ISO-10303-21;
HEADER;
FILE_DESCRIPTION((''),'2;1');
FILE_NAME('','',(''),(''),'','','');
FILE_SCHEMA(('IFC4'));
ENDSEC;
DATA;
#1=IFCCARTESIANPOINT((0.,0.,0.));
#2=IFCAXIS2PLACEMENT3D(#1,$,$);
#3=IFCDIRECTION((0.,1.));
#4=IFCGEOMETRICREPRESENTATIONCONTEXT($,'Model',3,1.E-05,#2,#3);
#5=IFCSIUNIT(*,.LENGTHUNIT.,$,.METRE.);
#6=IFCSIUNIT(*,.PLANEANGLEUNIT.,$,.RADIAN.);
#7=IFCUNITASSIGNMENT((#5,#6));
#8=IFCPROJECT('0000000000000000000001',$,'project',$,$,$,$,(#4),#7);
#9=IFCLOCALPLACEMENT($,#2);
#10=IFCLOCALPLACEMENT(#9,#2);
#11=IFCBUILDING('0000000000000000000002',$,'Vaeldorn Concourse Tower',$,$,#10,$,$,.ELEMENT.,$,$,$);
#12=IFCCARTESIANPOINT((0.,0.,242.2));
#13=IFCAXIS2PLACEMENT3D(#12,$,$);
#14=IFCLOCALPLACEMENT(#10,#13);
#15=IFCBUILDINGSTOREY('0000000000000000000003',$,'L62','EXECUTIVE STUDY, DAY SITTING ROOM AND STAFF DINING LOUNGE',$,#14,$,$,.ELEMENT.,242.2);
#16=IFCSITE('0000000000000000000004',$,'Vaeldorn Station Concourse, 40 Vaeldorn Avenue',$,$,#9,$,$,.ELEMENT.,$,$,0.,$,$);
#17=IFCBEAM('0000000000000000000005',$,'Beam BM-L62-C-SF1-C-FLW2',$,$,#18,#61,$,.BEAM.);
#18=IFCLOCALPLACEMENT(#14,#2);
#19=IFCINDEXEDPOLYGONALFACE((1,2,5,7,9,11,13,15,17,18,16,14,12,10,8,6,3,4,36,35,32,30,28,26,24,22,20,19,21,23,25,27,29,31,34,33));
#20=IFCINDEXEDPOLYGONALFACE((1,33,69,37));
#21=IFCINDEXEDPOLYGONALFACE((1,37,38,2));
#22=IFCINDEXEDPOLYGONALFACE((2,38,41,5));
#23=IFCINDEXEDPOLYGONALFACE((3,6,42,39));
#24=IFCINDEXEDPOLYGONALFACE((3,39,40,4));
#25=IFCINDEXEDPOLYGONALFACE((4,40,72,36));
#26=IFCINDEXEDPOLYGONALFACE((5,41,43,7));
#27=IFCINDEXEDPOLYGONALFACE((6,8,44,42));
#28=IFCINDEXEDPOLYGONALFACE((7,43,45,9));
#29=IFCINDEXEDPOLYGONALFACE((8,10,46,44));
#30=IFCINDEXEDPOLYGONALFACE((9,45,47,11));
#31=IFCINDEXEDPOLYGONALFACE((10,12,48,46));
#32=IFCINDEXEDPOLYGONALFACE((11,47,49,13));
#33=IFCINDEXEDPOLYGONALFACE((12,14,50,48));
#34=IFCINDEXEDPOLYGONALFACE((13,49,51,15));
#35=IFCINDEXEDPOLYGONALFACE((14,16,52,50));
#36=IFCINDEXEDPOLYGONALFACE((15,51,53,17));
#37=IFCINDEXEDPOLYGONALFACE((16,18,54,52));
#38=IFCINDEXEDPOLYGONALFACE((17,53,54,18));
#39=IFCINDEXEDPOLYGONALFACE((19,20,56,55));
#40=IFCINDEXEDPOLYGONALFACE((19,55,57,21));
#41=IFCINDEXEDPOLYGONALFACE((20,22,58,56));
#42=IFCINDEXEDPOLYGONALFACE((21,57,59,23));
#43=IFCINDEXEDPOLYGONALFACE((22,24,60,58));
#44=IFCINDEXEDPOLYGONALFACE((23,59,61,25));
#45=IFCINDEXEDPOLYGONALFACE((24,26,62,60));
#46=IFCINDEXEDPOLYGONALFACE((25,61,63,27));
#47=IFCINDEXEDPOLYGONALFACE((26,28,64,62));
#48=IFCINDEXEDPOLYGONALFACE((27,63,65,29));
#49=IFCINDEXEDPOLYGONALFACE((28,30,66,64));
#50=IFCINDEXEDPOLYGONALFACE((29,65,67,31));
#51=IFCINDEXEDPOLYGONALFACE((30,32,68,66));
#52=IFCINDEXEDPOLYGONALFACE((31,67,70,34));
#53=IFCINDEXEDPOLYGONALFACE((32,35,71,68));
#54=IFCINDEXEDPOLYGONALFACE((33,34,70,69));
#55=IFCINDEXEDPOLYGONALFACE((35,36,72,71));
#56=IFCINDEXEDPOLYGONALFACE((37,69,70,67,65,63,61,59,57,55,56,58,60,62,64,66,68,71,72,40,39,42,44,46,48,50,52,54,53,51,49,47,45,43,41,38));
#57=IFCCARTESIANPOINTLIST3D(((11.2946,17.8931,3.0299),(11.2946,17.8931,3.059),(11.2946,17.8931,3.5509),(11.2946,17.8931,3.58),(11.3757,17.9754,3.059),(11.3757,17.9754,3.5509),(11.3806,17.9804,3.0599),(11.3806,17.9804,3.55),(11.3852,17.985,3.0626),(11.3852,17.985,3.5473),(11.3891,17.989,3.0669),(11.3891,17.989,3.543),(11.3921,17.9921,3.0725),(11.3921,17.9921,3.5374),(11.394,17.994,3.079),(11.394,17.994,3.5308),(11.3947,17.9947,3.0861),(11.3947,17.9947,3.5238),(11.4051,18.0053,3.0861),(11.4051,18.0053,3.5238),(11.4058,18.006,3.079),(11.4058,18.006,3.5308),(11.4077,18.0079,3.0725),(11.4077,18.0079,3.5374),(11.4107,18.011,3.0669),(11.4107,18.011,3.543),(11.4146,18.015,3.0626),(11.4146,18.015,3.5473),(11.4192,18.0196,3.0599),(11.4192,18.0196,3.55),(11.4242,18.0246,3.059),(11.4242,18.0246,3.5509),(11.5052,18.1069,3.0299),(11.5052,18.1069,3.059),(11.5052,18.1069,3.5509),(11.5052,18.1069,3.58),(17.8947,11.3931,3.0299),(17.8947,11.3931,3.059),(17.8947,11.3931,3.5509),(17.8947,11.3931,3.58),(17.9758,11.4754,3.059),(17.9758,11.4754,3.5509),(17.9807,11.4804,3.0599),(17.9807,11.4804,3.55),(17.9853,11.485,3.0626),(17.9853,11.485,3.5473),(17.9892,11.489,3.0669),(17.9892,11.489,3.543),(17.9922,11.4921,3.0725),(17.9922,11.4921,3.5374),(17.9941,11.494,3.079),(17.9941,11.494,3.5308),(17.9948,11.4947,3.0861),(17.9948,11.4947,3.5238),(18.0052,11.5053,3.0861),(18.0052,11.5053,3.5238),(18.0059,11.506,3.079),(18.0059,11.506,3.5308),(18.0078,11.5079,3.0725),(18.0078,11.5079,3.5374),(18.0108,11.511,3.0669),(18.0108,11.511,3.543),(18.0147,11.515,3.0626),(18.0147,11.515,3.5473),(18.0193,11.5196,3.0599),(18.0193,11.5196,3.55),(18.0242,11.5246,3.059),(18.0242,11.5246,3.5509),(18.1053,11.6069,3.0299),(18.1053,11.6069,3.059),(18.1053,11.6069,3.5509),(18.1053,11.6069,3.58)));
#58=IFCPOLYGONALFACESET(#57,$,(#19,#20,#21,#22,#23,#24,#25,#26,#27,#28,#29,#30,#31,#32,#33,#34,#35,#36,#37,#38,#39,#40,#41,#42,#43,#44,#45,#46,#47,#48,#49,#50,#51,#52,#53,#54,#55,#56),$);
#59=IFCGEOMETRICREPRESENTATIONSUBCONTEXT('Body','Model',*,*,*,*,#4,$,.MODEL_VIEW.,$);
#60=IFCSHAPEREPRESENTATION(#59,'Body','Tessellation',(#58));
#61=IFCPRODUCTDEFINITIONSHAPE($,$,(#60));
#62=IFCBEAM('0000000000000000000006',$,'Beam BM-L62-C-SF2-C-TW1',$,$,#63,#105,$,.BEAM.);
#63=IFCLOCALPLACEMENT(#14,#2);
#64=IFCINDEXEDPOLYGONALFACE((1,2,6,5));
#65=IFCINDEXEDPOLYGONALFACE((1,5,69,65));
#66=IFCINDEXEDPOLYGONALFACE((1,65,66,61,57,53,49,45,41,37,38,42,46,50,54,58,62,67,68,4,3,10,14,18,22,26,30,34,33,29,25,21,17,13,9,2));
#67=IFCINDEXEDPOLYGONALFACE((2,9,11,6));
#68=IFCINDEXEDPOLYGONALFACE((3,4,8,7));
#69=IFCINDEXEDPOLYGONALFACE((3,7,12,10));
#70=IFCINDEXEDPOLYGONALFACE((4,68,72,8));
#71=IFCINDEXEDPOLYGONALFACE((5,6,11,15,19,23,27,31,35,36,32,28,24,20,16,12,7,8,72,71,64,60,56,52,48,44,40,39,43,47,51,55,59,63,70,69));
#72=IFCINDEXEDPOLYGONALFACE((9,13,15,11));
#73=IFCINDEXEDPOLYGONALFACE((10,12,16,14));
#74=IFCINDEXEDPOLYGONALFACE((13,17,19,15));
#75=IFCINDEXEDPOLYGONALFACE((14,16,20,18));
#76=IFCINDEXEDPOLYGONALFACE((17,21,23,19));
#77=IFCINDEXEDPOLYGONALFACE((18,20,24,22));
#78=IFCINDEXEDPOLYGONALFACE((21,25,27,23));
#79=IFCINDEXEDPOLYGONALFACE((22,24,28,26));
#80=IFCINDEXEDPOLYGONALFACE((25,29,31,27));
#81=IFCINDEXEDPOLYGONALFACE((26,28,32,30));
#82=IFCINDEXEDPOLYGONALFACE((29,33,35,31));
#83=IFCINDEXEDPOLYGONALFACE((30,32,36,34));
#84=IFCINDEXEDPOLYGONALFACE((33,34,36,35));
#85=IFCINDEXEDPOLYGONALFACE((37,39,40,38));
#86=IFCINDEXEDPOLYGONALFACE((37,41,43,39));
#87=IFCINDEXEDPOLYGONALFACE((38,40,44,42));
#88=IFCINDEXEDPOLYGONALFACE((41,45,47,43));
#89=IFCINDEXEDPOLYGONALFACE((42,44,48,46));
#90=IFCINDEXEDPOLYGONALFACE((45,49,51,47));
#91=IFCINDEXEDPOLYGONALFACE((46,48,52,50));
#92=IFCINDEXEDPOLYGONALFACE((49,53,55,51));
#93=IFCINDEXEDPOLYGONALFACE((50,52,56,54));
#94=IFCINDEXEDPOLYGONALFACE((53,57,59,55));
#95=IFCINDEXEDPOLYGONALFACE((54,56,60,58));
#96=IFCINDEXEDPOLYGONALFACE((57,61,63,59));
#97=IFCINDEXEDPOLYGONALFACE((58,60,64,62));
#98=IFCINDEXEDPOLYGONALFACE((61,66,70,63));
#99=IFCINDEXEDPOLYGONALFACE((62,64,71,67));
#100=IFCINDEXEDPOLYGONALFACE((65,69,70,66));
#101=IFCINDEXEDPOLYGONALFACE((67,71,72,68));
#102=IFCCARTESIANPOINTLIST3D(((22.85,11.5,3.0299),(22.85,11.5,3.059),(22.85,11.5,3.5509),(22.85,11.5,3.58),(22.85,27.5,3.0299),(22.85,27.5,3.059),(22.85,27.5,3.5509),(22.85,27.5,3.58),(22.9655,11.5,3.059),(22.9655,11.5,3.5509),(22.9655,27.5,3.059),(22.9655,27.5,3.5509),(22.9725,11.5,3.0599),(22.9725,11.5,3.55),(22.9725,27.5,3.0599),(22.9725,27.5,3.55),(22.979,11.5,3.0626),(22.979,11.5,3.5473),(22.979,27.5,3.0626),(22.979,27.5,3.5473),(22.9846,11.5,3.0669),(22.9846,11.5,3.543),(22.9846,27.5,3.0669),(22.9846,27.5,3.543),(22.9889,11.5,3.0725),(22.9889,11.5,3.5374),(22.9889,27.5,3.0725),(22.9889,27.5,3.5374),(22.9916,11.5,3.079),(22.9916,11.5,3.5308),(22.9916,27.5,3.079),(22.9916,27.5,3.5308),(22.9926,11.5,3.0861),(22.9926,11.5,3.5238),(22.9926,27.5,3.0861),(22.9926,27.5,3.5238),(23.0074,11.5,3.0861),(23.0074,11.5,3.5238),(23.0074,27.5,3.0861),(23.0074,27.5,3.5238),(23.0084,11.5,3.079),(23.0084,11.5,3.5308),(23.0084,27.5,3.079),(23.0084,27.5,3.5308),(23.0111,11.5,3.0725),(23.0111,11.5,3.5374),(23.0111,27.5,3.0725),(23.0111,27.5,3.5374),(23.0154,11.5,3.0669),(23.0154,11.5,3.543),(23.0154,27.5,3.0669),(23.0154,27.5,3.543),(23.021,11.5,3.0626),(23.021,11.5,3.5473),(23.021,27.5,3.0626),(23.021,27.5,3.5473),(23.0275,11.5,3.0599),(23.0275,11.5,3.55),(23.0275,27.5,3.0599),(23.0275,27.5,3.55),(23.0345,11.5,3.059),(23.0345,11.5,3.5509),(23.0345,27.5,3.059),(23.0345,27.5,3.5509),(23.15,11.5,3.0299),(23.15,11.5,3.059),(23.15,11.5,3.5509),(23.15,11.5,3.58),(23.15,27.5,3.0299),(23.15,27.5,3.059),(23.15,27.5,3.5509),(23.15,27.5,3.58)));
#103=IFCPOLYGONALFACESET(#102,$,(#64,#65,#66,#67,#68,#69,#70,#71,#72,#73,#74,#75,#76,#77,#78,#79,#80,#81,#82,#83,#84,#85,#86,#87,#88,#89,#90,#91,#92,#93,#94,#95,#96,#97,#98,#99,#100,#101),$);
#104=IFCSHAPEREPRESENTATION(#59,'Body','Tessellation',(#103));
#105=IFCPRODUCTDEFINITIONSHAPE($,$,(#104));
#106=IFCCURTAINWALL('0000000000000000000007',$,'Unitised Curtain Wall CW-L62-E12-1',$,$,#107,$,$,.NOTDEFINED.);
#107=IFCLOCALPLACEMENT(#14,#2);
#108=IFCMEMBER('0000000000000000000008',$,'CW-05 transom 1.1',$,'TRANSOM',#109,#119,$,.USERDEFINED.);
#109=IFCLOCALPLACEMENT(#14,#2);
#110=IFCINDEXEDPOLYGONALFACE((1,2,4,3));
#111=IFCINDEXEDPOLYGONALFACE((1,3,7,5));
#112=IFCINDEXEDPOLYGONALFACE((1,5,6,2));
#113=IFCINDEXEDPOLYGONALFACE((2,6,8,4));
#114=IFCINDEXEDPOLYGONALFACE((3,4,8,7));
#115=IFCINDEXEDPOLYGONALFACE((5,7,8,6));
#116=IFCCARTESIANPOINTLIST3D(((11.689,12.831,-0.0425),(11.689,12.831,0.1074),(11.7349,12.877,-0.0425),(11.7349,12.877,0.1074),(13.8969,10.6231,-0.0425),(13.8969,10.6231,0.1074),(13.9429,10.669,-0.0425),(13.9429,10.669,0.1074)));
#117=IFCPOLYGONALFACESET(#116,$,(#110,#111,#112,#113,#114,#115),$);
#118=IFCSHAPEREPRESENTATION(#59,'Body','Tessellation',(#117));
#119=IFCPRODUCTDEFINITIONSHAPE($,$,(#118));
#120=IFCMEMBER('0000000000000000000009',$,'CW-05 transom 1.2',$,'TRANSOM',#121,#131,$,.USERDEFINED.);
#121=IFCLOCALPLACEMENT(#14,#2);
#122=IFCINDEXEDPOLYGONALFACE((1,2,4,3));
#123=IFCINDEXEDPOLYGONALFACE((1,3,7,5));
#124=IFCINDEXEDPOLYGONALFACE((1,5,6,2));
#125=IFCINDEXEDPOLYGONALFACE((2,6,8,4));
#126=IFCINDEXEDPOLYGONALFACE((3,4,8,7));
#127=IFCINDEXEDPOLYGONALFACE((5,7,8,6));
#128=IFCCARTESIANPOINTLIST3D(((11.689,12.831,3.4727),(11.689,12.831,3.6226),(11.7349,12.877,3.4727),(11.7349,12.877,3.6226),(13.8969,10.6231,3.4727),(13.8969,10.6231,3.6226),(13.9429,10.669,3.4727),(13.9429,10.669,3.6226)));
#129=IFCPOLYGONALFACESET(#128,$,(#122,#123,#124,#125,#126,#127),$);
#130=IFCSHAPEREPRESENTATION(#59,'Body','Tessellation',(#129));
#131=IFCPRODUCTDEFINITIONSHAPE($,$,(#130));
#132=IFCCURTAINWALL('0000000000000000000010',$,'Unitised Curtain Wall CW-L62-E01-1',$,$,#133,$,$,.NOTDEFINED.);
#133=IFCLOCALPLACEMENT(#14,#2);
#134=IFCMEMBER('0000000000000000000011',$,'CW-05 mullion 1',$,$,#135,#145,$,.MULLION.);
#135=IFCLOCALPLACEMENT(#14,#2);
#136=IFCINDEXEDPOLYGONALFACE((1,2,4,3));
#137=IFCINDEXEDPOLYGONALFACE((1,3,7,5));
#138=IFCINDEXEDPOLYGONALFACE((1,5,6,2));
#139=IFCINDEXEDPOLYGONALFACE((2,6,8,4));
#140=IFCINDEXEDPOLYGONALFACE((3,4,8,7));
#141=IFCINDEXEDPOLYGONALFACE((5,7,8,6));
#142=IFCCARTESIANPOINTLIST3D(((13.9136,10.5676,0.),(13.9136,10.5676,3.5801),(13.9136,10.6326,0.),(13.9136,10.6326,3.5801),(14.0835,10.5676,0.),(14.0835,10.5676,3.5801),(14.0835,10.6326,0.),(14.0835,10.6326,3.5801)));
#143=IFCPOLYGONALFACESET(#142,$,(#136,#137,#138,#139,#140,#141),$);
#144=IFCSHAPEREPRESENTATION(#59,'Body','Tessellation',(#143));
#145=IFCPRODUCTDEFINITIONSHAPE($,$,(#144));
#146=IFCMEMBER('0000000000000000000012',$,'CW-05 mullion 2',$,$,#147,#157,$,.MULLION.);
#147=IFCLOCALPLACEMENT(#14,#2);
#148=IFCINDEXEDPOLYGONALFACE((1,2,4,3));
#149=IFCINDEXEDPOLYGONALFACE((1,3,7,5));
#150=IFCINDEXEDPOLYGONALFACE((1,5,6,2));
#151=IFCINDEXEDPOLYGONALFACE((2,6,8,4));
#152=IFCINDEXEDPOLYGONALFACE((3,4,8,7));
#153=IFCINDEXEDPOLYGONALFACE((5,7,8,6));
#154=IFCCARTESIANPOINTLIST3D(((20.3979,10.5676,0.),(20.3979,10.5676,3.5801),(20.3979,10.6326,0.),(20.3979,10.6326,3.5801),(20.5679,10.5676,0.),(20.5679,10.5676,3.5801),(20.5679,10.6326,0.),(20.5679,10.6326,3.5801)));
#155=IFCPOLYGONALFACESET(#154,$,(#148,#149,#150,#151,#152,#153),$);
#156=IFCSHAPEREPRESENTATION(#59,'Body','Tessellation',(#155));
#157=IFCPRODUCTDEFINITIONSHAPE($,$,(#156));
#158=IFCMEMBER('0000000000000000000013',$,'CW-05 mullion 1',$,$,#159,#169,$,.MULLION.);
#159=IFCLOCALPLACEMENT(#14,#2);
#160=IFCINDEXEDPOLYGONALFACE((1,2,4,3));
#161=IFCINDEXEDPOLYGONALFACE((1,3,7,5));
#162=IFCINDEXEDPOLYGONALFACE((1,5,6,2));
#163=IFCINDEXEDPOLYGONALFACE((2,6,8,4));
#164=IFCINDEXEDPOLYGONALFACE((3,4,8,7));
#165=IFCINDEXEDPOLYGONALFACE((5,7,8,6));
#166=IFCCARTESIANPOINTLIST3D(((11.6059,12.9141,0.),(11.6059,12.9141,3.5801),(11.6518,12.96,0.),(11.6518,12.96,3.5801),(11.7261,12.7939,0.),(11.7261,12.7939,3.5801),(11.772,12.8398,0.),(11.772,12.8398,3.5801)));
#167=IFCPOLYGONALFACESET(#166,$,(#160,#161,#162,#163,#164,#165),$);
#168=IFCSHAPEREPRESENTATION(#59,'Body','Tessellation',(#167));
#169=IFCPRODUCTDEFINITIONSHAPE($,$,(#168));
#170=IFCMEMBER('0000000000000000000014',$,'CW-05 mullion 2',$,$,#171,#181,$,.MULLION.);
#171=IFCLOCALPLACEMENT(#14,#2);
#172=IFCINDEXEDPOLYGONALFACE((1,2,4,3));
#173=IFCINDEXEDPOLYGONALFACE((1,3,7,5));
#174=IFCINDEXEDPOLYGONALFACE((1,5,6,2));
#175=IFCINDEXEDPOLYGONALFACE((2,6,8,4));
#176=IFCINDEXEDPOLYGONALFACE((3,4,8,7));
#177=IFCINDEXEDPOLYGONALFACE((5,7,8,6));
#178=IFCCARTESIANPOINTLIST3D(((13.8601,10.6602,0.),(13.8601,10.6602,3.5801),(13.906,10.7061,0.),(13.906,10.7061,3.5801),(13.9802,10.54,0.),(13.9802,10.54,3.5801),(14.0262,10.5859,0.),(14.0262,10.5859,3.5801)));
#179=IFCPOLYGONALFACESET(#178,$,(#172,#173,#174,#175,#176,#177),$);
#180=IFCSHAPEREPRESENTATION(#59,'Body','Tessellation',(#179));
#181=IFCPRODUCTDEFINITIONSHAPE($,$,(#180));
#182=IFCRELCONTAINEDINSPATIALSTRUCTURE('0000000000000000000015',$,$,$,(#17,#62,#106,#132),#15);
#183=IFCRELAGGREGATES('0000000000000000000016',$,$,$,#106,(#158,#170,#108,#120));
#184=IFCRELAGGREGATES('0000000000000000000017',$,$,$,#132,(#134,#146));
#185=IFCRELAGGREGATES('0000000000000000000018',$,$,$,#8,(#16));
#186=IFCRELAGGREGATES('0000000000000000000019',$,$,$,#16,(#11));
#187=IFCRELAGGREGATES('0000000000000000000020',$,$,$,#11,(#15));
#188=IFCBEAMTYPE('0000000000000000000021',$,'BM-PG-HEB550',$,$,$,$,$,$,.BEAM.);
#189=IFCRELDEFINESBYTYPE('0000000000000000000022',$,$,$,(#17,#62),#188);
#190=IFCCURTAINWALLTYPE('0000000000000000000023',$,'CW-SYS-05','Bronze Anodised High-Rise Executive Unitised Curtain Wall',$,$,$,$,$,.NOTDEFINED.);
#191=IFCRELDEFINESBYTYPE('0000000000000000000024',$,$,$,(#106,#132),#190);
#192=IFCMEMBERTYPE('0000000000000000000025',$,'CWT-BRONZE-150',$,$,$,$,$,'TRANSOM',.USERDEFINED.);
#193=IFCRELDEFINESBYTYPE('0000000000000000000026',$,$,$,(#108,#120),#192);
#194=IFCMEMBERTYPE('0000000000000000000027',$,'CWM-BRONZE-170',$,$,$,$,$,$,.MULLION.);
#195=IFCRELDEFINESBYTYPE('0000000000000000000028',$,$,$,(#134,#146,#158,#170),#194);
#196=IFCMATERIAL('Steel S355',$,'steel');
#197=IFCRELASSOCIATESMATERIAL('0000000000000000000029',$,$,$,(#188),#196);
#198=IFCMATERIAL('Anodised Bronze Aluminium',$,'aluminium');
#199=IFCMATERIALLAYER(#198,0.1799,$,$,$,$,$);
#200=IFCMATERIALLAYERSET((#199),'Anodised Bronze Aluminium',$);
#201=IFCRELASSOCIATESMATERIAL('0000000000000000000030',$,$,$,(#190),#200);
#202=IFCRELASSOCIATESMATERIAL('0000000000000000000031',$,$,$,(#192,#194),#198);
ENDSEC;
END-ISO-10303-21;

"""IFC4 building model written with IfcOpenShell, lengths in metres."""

from ifc_helpers import new_model, si_unit, direction, frame, origin, origin_2d, place, context, subcontext, project, spatial, rectangle, i_section, extrude, source, transform, mapped, material, layer, layer_set, material_profile, profile_set, type_object, element, aggregate, save


model = new_model("IFC4")

# Units and contexts
model_context = context("Model", 3, precision=1e-05, world=origin(), true_north=direction((0.0, 1.0)))
body_context = subcontext(model_context, "Body", "Model", "MODEL_VIEW")
ifc_project = project(units=[si_unit("LENGTHUNIT", "METRE"), si_unit("PLANEANGLEUNIT", "RADIAN")], contexts=[model_context])

# Site, building, storey
site_placement = place(None, origin())
site = spatial("IfcSite", under=ifc_project, at=site_placement, Name="Vaeldorn Station Concourse, 40 Vaeldorn Avenue", CompositionType="ELEMENT", RefElevation=0.0)
building_placement = place(site_placement, origin())
building = spatial("IfcBuilding", under=site, at=building_placement, Name="Vaeldorn Concourse Tower", CompositionType="ELEMENT")
storey_placement = place(building_placement, frame((0.0, 0.0, 242.2)))
storey = spatial("IfcBuildingStorey", under=building, at=storey_placement, Name="L62", Description="EXECUTIVE STUDY, DAY SITTING ROOM AND STAFF DINING LOUNGE", CompositionType="ELEMENT", Elevation=242.2)

# Shared definitions
ifc_material_1 = material(Name="Steel S355", Category="steel")

# Beams
ifc_material_profile_1 = material_profile(ifc_material_1, i_section(OverallWidth=0.3, OverallDepth=0.55, WebThickness=0.0149, FlangeThickness=0.0291, FilletRadius=0.0271, at=origin_2d()), Name="HEB 550")
ifc_profile_set_1 = profile_set([ifc_material_profile_1], Name="Steel S355")
beam_type_1 = type_object("IfcBeamType", Name="BM-PG-HEB550", PredefinedType="BEAM", material=ifc_profile_set_1)
shared_shape_1 = source(origin(), body_context, "Body", "SweptSolid", [
    extrude(i_section(OverallWidth=0.3, OverallDepth=0.55, WebThickness=0.0149, FlangeThickness=0.0291, FilletRadius=0.0271, at=origin_2d()), origin(), (0.0, 0.0, 1.0), 9.2634),
])
beam_1_placement = place(storey_placement, frame((18.0, 11.5, 3.3049), z_axis=(-0.712489, 0.701683, 0.0), x_axis=(-0.701683, -0.712489, 0.0)))
element("IfcBeam", 1, at=beam_1_placement, inside=storey, type_object=beam_type_1, Name="Beam BM-L62-C-SF1-C-FLW2", PredefinedType="BEAM", context=body_context, shape_type="MappedRepresentation", body=[
    mapped(shared_shape_1, transform((0.0, 0.0, 0.0), scale=1.0)),
])
shared_shape_2 = source(origin(), body_context, "Body", "SweptSolid", [
    extrude(i_section(OverallWidth=0.3, OverallDepth=0.55, WebThickness=0.0149, FlangeThickness=0.0291, FilletRadius=0.0271, at=origin_2d()), origin(), (0.0, 0.0, 1.0), 16.0),
])
beam_2_placement = place(storey_placement, frame((23.0, 11.5, 3.3049), z_axis=(0.0, 1.0, 0.0), x_axis=(-1.0, 0.0, 0.0)))
element("IfcBeam", 2, at=beam_2_placement, inside=storey, type_object=beam_type_1, Name="Beam BM-L62-C-SF2-C-TW1", PredefinedType="BEAM", context=body_context, shape_type="MappedRepresentation", body=[
    mapped(shared_shape_2, transform((0.0, 0.0, 0.0), scale=1.0)),
])

# Curtain walls, members
ifc_material_2 = material(Name="Anodised Bronze Aluminium", Category="aluminium")
ifc_layer_1 = layer(ifc_material_2, 0.1799)
ifc_layer_set_1 = layer_set([ifc_layer_1], Name="Anodised Bronze Aluminium")
curtain_wall_type = type_object("IfcCurtainWallType", Name="CW-SYS-05", Description="Bronze Anodised High-Rise Executive Unitised Curtain Wall", PredefinedType="NOTDEFINED", material=ifc_layer_set_1)
curtain_wall_1_placement = place(storey_placement, origin())
curtain_wall_1 = element("IfcCurtainWall", 3, at=curtain_wall_1_placement, inside=storey, type_object=curtain_wall_type, Name="Unitised Curtain Wall CW-L62-E12-1", PredefinedType="NOTDEFINED")
ifc_material_profile_2 = material_profile(ifc_material_2, rectangle(XDim=0.0649, YDim=0.1499, at=origin_2d()), Name="CWT 65x150")
ifc_profile_set_2 = profile_set([ifc_material_profile_2], Name="Anodised Bronze Aluminium")
member_type_1 = type_object("IfcMemberType", Name="CWT-BRONZE-150", ElementType="TRANSOM", PredefinedType="USERDEFINED", material=ifc_profile_set_2)
shared_shape_3 = source(origin(), body_context, "Body", "SweptSolid", [
    extrude(rectangle(XDim=0.0649, YDim=0.1499, at=origin_2d()), origin(), (0.0, 0.0, 1.0), 3.1226),
])
member_1_placement = place(storey_placement, frame((11.7119, 12.854, 0.0325), z_axis=(0.707107, -0.707107, 0.0), x_axis=(0.707107, 0.707107, 0.0)))
member_1 = element("IfcMember", 4, at=member_1_placement, type_object=member_type_1, Name="CW-05 transom 1.1", ObjectType="TRANSOM", PredefinedType="USERDEFINED", context=body_context, shape_type="MappedRepresentation", body=[
    mapped(shared_shape_3, transform((0.0, 0.0, 0.0), scale=1.0)),
])
member_2_placement = place(storey_placement, frame((11.7119, 12.854, 3.5476), z_axis=(0.707107, -0.707107, 0.0), x_axis=(0.707107, 0.707107, 0.0)))
member_2 = element("IfcMember", 5, at=member_2_placement, type_object=member_type_1, Name="CW-05 transom 1.2", ObjectType="TRANSOM", PredefinedType="USERDEFINED", context=body_context, shape_type="MappedRepresentation", body=[
    mapped(shared_shape_3, transform((0.0, 0.0, 0.0), scale=1.0)),
])
curtain_wall_2_placement = place(storey_placement, origin())
curtain_wall_2 = element("IfcCurtainWall", 6, at=curtain_wall_2_placement, inside=storey, type_object=curtain_wall_type, Name="Unitised Curtain Wall CW-L62-E01-1", PredefinedType="NOTDEFINED")
ifc_material_profile_3 = material_profile(ifc_material_2, rectangle(XDim=0.0649, YDim=0.1699, at=origin_2d()), Name="CWM 65x170")
ifc_profile_set_3 = profile_set([ifc_material_profile_3], Name="Anodised Bronze Aluminium")
member_type_2 = type_object("IfcMemberType", Name="CWM-BRONZE-170", PredefinedType="MULLION", material=ifc_profile_set_3)
shared_shape_4 = source(origin(), body_context, "Body", "SweptSolid", [
    extrude(rectangle(XDim=0.0649, YDim=0.1699, at=origin_2d()), origin(), (0.0, 0.0, 1.0), 3.5801),
])
member_3_placement = place(storey_placement, frame((13.9985, 10.6001, 0.0), z_axis=(0.0, 0.0, 1.0), x_axis=(0.0, 1.0, 0.0)))
member_3 = element("IfcMember", 7, at=member_3_placement, type_object=member_type_2, Name="CW-05 mullion 1", PredefinedType="MULLION", context=body_context, shape_type="MappedRepresentation", body=[
    mapped(shared_shape_4, transform((0.0, 0.0, 0.0), scale=1.0)),
])
member_4_placement = place(storey_placement, frame((20.4829, 10.6001, 0.0), z_axis=(0.0, 0.0, 1.0), x_axis=(0.0, 1.0, 0.0)))
member_4 = element("IfcMember", 8, at=member_4_placement, type_object=member_type_2, Name="CW-05 mullion 2", PredefinedType="MULLION", context=body_context, shape_type="MappedRepresentation", body=[
    mapped(shared_shape_4, transform((0.0, 0.0, 0.0), scale=1.0)),
])

# Members
member_5_placement = place(storey_placement, frame((11.689, 12.877, 0.0), z_axis=(0.0, 0.0, 1.0), x_axis=(0.707107, 0.707107, 0.0)))
member_5 = element("IfcMember", 9, at=member_5_placement, type_object=member_type_2, Name="CW-05 mullion 1", PredefinedType="MULLION", context=body_context, shape_type="MappedRepresentation", body=[
    mapped(shared_shape_4, transform((0.0, 0.0, 0.0), scale=1.0)),
])
member_6_placement = place(storey_placement, frame((13.9431, 10.623, 0.0), z_axis=(0.0, 0.0, 1.0), x_axis=(0.707107, 0.707107, 0.0)))
member_6 = element("IfcMember", 10, at=member_6_placement, type_object=member_type_2, Name="CW-05 mullion 2", PredefinedType="MULLION", context=body_context, shape_type="MappedRepresentation", body=[
    mapped(shared_shape_4, transform((0.0, 0.0, 0.0), scale=1.0)),
])

aggregate(curtain_wall_1, [member_5, member_6, member_1, member_2])
aggregate(curtain_wall_2, [member_3, member_4])

save(model, "model.ifc")
